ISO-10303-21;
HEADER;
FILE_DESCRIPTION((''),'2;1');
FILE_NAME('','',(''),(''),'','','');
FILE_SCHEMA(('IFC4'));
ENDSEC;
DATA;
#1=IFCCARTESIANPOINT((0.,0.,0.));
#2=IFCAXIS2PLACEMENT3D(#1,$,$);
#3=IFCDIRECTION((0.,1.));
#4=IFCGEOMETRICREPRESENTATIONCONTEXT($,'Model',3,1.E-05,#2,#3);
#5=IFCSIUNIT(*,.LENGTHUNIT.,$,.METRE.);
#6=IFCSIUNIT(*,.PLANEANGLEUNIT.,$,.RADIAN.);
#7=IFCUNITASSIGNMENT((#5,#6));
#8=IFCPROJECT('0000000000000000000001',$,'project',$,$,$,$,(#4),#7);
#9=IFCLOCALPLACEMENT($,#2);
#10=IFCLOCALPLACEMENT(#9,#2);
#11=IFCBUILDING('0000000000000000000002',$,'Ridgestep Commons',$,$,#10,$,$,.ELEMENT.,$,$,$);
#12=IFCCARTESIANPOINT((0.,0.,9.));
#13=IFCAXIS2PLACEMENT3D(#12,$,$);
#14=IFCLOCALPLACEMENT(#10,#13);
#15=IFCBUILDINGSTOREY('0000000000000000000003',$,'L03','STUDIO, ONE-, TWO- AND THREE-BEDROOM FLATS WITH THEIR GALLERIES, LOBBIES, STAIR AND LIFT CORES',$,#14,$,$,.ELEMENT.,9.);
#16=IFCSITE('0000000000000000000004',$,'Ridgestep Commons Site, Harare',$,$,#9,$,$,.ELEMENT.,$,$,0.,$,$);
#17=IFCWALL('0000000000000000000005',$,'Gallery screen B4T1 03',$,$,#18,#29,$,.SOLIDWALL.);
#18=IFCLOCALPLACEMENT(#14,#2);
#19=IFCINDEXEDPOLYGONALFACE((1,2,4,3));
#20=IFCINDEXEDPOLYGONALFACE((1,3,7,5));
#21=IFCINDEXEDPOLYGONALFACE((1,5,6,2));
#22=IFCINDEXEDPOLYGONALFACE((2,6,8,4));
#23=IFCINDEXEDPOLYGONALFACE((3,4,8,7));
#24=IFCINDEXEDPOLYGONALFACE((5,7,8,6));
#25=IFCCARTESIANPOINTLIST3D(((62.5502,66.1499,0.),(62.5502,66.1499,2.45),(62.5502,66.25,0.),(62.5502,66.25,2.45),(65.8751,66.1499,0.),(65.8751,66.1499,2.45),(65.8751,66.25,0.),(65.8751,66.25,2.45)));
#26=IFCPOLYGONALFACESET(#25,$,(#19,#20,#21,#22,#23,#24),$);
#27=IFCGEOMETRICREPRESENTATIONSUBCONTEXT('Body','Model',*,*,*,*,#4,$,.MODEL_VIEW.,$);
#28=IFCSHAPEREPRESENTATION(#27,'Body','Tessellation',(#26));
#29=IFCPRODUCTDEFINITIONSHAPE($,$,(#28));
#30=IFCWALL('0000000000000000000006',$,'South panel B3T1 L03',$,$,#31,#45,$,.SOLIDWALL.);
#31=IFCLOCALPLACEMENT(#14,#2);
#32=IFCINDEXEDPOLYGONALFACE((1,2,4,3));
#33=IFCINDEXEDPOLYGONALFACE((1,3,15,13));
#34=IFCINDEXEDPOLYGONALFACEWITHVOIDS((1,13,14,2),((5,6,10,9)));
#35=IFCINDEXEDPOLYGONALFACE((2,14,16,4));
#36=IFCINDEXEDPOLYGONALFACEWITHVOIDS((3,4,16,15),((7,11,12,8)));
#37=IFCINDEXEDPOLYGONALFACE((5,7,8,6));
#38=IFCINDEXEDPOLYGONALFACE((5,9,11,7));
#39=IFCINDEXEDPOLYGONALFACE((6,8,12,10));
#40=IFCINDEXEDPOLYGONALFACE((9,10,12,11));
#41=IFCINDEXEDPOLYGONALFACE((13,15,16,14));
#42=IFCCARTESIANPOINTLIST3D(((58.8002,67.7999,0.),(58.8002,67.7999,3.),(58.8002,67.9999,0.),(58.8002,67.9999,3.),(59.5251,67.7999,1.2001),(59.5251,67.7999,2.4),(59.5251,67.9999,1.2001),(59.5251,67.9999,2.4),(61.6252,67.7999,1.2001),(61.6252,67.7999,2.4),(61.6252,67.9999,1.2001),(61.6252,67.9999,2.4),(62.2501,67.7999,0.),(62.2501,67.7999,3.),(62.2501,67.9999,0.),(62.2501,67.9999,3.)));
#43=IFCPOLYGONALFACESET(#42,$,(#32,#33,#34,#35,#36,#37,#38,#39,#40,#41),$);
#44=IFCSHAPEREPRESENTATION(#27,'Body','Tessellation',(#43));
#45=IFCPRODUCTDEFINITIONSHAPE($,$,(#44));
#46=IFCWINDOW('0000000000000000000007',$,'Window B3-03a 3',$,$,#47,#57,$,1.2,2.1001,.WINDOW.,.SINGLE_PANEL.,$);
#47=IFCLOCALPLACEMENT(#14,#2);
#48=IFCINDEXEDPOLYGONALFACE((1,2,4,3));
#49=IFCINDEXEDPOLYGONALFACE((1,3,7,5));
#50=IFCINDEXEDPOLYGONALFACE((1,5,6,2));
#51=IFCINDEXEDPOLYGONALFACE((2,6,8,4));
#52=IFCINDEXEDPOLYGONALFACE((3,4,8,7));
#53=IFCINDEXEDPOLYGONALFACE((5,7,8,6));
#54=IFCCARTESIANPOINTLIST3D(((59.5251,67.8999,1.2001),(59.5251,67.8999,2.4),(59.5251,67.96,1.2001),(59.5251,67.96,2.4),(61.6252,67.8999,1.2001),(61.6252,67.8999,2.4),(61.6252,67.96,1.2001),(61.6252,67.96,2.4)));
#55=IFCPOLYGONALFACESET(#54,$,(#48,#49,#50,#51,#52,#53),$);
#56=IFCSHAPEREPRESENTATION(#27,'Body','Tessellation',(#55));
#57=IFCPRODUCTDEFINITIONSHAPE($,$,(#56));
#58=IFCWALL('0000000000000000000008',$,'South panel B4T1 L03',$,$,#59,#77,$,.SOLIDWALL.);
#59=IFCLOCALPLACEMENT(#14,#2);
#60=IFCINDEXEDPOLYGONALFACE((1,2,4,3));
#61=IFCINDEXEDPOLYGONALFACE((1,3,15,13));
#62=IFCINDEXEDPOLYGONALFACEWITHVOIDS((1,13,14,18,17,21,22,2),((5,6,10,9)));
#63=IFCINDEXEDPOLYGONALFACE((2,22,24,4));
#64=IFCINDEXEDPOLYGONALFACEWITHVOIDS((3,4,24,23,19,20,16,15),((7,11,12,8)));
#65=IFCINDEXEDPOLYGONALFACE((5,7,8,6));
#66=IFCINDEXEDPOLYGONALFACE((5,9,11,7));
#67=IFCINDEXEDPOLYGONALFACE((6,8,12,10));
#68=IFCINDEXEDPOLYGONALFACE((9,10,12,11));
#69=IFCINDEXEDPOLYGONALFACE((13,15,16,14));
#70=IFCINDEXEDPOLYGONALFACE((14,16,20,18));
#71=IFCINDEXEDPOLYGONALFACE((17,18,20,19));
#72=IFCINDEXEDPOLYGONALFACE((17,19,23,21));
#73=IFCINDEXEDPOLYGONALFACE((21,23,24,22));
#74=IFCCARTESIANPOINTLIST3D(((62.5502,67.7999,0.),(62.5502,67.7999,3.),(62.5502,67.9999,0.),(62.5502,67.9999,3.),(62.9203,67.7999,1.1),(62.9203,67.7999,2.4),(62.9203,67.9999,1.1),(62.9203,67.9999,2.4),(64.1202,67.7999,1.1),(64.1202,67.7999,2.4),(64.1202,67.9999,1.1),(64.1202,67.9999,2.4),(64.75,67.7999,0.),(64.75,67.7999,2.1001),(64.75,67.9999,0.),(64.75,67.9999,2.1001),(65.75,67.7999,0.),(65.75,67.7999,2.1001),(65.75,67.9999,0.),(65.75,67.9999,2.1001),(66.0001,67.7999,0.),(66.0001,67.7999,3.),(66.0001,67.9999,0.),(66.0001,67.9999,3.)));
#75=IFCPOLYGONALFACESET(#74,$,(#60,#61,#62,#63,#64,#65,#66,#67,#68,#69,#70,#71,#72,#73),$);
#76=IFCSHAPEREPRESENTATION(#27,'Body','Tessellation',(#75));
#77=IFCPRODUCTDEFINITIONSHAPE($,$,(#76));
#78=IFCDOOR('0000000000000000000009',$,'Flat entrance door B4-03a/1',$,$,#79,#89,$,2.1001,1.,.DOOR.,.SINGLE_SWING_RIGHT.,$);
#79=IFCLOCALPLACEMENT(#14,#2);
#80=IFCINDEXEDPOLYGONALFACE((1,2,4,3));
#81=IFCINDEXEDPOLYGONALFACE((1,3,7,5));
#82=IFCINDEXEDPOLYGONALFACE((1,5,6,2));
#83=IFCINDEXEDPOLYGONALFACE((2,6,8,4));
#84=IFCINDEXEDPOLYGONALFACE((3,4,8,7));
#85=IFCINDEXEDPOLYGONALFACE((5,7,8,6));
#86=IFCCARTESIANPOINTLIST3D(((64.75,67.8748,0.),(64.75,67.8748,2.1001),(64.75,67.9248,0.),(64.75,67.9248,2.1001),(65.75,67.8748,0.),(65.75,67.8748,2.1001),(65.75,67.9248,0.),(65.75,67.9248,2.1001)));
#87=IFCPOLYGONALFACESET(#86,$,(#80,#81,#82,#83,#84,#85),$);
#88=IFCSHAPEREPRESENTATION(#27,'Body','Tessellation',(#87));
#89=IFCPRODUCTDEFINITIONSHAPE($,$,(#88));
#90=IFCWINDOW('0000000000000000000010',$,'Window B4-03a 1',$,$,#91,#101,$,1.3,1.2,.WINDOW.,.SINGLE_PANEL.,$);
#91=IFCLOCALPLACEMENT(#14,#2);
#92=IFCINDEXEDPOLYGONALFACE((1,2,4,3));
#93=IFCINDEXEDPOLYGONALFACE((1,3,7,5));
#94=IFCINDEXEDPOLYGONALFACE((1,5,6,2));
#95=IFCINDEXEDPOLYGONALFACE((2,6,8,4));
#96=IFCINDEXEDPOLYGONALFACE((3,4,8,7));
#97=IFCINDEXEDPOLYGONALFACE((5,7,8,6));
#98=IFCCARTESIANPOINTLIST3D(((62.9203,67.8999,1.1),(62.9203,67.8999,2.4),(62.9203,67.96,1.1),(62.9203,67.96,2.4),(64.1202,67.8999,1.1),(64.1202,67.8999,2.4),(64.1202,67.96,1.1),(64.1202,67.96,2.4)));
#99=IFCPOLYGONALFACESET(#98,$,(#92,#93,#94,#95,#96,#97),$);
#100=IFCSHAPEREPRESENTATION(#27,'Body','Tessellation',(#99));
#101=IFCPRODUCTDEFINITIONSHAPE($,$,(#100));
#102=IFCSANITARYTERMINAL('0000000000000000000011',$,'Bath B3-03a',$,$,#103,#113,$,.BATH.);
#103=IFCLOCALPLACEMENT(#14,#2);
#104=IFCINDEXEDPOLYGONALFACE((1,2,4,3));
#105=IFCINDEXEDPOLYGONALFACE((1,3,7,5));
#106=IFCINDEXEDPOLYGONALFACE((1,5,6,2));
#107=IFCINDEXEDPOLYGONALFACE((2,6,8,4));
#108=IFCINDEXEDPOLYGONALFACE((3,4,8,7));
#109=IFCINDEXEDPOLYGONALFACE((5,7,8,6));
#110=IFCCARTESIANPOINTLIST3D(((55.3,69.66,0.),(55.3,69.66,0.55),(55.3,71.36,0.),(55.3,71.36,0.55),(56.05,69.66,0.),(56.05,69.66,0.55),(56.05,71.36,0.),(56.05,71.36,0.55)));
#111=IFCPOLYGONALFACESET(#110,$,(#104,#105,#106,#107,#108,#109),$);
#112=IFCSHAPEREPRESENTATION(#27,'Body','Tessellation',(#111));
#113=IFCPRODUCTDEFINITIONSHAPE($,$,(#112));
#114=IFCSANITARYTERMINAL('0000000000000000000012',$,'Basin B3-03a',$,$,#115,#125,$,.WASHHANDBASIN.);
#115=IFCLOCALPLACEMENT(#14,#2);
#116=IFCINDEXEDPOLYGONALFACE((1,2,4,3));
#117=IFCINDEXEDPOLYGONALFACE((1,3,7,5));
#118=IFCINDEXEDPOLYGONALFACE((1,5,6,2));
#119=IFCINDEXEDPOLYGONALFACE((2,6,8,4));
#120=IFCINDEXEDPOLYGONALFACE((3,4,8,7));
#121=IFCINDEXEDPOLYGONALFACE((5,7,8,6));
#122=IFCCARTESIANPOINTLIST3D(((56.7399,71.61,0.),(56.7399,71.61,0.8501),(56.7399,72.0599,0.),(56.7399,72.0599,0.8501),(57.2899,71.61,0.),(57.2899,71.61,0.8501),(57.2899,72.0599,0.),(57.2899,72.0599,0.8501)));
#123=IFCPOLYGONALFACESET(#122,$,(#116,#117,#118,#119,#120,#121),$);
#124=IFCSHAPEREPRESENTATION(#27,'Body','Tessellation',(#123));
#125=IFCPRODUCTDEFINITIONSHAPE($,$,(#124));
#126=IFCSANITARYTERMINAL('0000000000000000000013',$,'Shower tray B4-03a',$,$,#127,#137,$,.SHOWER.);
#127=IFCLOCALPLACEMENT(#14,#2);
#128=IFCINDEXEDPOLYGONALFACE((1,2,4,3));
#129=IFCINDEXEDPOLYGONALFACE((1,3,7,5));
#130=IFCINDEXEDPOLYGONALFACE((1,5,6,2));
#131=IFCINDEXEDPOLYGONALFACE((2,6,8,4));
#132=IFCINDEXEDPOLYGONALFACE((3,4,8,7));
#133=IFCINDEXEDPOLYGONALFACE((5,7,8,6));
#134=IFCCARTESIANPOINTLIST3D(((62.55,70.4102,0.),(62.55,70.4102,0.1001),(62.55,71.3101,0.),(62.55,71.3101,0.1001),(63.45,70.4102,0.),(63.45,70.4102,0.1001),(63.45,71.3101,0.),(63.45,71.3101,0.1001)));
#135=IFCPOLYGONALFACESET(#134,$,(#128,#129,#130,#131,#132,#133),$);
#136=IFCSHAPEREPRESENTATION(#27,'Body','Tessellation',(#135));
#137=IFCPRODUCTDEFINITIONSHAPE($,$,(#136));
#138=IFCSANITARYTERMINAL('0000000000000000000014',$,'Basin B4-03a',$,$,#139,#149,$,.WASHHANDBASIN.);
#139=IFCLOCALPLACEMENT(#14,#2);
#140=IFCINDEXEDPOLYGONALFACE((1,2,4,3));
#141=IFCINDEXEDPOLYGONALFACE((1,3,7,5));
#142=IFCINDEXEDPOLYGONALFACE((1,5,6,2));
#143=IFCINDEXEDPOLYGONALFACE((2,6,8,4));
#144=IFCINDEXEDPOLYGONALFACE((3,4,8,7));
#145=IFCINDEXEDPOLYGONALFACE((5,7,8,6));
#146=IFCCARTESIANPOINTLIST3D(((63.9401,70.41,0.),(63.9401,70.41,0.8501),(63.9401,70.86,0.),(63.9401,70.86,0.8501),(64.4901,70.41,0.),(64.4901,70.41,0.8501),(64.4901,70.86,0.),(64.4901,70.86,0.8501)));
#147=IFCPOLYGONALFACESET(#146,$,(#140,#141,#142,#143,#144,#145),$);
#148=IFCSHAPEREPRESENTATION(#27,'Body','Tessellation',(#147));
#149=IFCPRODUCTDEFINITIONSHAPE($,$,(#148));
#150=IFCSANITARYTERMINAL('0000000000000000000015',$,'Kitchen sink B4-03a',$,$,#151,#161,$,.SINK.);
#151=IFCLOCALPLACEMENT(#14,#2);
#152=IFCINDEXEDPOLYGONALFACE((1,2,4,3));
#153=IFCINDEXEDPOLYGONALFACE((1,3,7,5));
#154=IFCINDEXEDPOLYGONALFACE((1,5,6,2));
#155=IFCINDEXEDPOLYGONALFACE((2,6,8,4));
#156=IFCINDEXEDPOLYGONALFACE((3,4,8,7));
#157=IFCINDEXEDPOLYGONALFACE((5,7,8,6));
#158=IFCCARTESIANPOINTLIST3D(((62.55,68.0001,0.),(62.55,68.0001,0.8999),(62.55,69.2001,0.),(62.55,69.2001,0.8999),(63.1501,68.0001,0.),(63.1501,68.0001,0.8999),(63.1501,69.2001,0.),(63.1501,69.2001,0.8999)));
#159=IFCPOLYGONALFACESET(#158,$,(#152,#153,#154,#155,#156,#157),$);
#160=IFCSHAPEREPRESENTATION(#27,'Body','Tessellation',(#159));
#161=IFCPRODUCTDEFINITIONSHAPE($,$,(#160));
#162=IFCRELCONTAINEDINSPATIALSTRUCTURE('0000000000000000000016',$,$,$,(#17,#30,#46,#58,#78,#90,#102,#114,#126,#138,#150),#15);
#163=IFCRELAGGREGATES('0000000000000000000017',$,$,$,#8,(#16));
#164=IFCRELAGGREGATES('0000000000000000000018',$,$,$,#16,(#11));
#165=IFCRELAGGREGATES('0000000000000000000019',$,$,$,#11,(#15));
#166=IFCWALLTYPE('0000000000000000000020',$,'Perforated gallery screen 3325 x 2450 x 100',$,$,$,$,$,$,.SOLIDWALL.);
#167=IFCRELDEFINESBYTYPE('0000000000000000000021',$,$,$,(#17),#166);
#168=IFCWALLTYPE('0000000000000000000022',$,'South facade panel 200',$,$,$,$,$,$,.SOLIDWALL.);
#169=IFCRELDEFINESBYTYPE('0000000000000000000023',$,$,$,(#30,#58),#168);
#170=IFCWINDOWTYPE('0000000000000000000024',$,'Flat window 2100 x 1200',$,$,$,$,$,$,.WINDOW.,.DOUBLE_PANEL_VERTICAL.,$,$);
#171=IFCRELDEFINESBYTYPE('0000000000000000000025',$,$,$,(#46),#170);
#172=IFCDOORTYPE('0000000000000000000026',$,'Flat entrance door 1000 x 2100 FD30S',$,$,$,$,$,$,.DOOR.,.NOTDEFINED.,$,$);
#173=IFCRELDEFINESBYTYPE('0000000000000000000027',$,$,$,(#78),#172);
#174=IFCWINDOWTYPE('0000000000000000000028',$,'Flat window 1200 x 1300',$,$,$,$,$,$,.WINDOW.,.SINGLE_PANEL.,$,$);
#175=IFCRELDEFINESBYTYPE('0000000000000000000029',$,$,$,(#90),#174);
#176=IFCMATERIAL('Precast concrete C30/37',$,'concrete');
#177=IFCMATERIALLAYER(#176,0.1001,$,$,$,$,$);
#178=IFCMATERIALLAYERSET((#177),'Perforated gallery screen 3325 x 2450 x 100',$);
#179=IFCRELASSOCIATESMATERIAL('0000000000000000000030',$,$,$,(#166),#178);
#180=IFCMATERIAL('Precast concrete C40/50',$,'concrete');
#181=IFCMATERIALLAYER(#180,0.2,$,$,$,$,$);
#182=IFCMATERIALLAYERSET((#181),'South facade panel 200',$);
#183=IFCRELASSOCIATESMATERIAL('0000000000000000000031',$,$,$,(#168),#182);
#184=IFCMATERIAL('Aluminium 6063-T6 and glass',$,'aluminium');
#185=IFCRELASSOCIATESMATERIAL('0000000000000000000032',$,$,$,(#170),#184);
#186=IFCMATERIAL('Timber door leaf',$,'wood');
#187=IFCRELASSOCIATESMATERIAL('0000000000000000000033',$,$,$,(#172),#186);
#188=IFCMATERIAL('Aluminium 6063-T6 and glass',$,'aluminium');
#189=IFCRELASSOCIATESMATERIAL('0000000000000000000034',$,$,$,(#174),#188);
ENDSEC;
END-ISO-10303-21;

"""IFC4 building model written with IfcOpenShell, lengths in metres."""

from ifc_helpers import new_model, si_unit, direction, frame, frame_2d, origin, origin_2d, place, context, subcontext, project, spatial, rectangle, extrude, material, layer, layer_set, type_object, element, fill, save


model = new_model("IFC4")

# Units and contexts
model_context = context("Model", 3, precision=1e-05, world=origin(), true_north=direction((0.0, 1.0)))
body_context = subcontext(model_context, "Body", "Model", "MODEL_VIEW")
ifc_project = project(units=[si_unit("LENGTHUNIT", "METRE"), si_unit("PLANEANGLEUNIT", "RADIAN")], contexts=[model_context])

# Site, building, storey
site_placement = place(None, origin())
site = spatial("IfcSite", under=ifc_project, at=site_placement, Name="Ridgestep Commons Site, Harare", CompositionType="ELEMENT", RefElevation=0.0)
building_placement = place(site_placement, origin())
building = spatial("IfcBuilding", under=site, at=building_placement, Name="Ridgestep Commons", CompositionType="ELEMENT")
storey_placement = place(building_placement, frame((0.0, 0.0, 9.0)))
storey = spatial("IfcBuildingStorey", under=building, at=storey_placement, Name="L03", Description="STUDIO, ONE-, TWO- AND THREE-BEDROOM FLATS WITH THEIR GALLERIES, LOBBIES, STAIR AND LIFT CORES", CompositionType="ELEMENT", Elevation=9.0)

# Wall
ifc_material_1 = material(Name="Precast concrete C30/37", Category="concrete")
ifc_layer_1 = layer(ifc_material_1, 0.1001)
ifc_layer_set_1 = layer_set([ifc_layer_1], Name="Perforated gallery screen 3325 x 2450 x 100")
wall_type_1 = type_object("IfcWallType", Name="Perforated gallery screen 3325 x 2450 x 100", PredefinedType="SOLIDWALL", material=ifc_layer_set_1)
wall_1_placement = place(storey_placement, frame((62.55, 66.2, 0.0), z_axis=(0.0, 0.0, 1.0), x_axis=(1.0, 0.0, 0.0)))
element("IfcWall", 1, at=wall_1_placement, inside=storey, type_object=wall_type_1, Name="Gallery screen B4T1 03", PredefinedType="SOLIDWALL", context=body_context, shape_type="SweptSolid", body=[
    extrude(rectangle(XDim=3.325, YDim=0.1001, at=frame_2d((1.6626, 0.0))), origin(), (0.0, 0.0, 1.0), 2.45),
])

# Wall, opening, window
ifc_material_2 = material(Name="Precast concrete C40/50", Category="concrete")
ifc_layer_2 = layer(ifc_material_2, 0.2)
ifc_layer_set_2 = layer_set([ifc_layer_2], Name="South facade panel 200")
wall_type_2 = type_object("IfcWallType", Name="South facade panel 200", PredefinedType="SOLIDWALL", material=ifc_layer_set_2)
wall_2_placement = place(storey_placement, frame((58.8, 67.8999, 0.0), z_axis=(0.0, 0.0, 1.0), x_axis=(1.0, 0.0, 0.0)))
wall_2 = element("IfcWall", 2, at=wall_2_placement, inside=storey, type_object=wall_type_2, Name="South panel B3T1 L03", PredefinedType="SOLIDWALL", context=body_context, shape_type="SweptSolid", body=[
    extrude(rectangle(XDim=3.45, YDim=0.2, at=frame_2d((1.7251, 0.0))), origin(), (0.0, 0.0, 1.0), 3.0),
])
opening_1_placement = place(wall_2_placement, frame((0.7251, 0.0, 1.2)))
opening_1 = element("IfcOpeningElement", 3, at=opening_1_placement, cuts=wall_2, PredefinedType="OPENING", context=body_context, shape_type="SweptSolid", body=[
    extrude(rectangle(XDim=2.1001, YDim=1.2, at=frame_2d((1.05, 0.6001))), frame((0.0, 0.1099, 0.0), z_axis=(0.0, -1.0, 0.0), x_axis=(1.0, 0.0, 0.0)), (0.0, 0.0, 1.0), 0.22),
])
ifc_material_3 = material(Name="Aluminium 6063-T6 and glass", Category="aluminium")
window_type_1 = type_object("IfcWindowType", Name="Flat window 2100 x 1200", PartitioningType="DOUBLE_PANEL_VERTICAL", PredefinedType="WINDOW", material=ifc_material_3)
window_1_placement = place(opening_1_placement, origin())
window_1 = element("IfcWindow", 4, at=window_1_placement, inside=storey, type_object=window_type_1, Name="Window B3-03a 3", OverallHeight=1.2, OverallWidth=2.1001, PartitioningType="SINGLE_PANEL", PredefinedType="WINDOW", context=body_context, shape_type="SweptSolid", body=[
    extrude(rectangle(XDim=2.1001, YDim=1.2, at=frame_2d((1.05, 0.6001))), frame((0.0, 0.0601, 0.0), z_axis=(0.0, -1.0, 0.0), x_axis=(1.0, 0.0, 0.0)), (0.0, 0.0, 1.0), 0.0601),
])
fill(opening_1, window_1)

# Wall, openings, door, window
wall_3_placement = place(storey_placement, frame((62.55, 67.8999, 0.0), z_axis=(0.0, 0.0, 1.0), x_axis=(1.0, 0.0, 0.0)))
wall_3 = element("IfcWall", 5, at=wall_3_placement, inside=storey, type_object=wall_type_2, Name="South panel B4T1 L03", PredefinedType="SOLIDWALL", context=body_context, shape_type="SweptSolid", body=[
    extrude(rectangle(XDim=3.45, YDim=0.2, at=frame_2d((1.7251, 0.0))), origin(), (0.0, 0.0, 1.0), 3.0),
])
opening_2_placement = place(wall_3_placement, frame((0.3701, 0.0, 1.1001)))
opening_2 = element("IfcOpeningElement", 6, at=opening_2_placement, cuts=wall_3, PredefinedType="OPENING", context=body_context, shape_type="SweptSolid", body=[
    extrude(rectangle(XDim=1.2, YDim=1.3, at=frame_2d((0.6001, 0.6499))), frame((0.0, 0.1099, 0.0), z_axis=(0.0, -1.0, 0.0), x_axis=(1.0, 0.0, 0.0)), (0.0, 0.0, 1.0), 0.22),
])
opening_3_placement = place(wall_3_placement, frame((2.2, 0.0, 0.0)))
opening_3 = element("IfcOpeningElement", 7, at=opening_3_placement, cuts=wall_3, PredefinedType="OPENING", context=body_context, shape_type="SweptSolid", body=[
    extrude(rectangle(XDim=1.0, YDim=2.1001, at=frame_2d((0.5, 1.05))), frame((0.0, 0.1099, 0.0), z_axis=(0.0, -1.0, 0.0), x_axis=(1.0, 0.0, 0.0)), (0.0, 0.0, 1.0), 0.22),
])
ifc_material_4 = material(Name="Timber door leaf", Category="wood")
door_type_1 = type_object("IfcDoorType", Name="Flat entrance door 1000 x 2100 FD30S", OperationType="NOTDEFINED", PredefinedType="DOOR", material=ifc_material_4)
door_1_placement = place(opening_3_placement, origin())
door_1 = element("IfcDoor", 8, at=door_1_placement, inside=storey, type_object=door_type_1, Name="Flat entrance door B4-03a/1", OperationType="SINGLE_SWING_RIGHT", OverallHeight=2.1001, OverallWidth=1.0, PredefinedType="DOOR", context=body_context, shape_type="SweptSolid", body=[
    extrude(rectangle(XDim=1.0, YDim=2.1001, at=frame_2d((0.5, 1.05))), frame((0.0, 0.0249, 0.0), z_axis=(0.0, -1.0, 0.0), x_axis=(1.0, 0.0, 0.0)), (0.0, 0.0, 1.0), 0.05),
])
fill(opening_3, door_1)
ifc_material_5 = material(Name="Aluminium 6063-T6 and glass", Category="aluminium")
window_type_2 = type_object("IfcWindowType", Name="Flat window 1200 x 1300", PartitioningType="SINGLE_PANEL", PredefinedType="WINDOW", material=ifc_material_5)
window_2_placement = place(opening_2_placement, origin())
window_2 = element("IfcWindow", 9, at=window_2_placement, inside=storey, type_object=window_type_2, Name="Window B4-03a 1", OverallHeight=1.3, OverallWidth=1.2, PartitioningType="SINGLE_PANEL", PredefinedType="WINDOW", context=body_context, shape_type="SweptSolid", body=[
    extrude(rectangle(XDim=1.2, YDim=1.3, at=frame_2d((0.6001, 0.6499))), frame((0.0, 0.0601, 0.0), z_axis=(0.0, -1.0, 0.0), x_axis=(1.0, 0.0, 0.0)), (0.0, 0.0, 1.0), 0.0601),
])
fill(opening_2, window_2)

# Sanitary terminals
sanitary_terminal_1_placement = place(storey_placement, frame((55.675, 70.51, 0.0), z_axis=(0.0, 0.0, 1.0), x_axis=(1.0, 0.0, 0.0)))
element("IfcSanitaryTerminal", 10, at=sanitary_terminal_1_placement, inside=storey, Name="Bath B3-03a", PredefinedType="BATH", context=body_context, shape_type="SweptSolid", body=[
    extrude(rectangle(XDim=0.75, YDim=1.7, at=origin_2d()), origin(), (0.0, 0.0, 1.0), 0.55),
])
sanitary_terminal_2_placement = place(storey_placement, frame((57.0149, 71.835, 0.0), z_axis=(0.0, 0.0, 1.0), x_axis=(1.0, 0.0, 0.0)))
element("IfcSanitaryTerminal", 11, at=sanitary_terminal_2_placement, inside=storey, Name="Basin B3-03a", PredefinedType="WASHHANDBASIN", context=body_context, shape_type="SweptSolid", body=[
    extrude(rectangle(XDim=0.55, YDim=0.45, at=origin_2d()), origin(), (0.0, 0.0, 1.0), 0.8501),
])
sanitary_terminal_3_placement = place(storey_placement, frame((63.0, 70.8601, 0.0), z_axis=(0.0, 0.0, 1.0), x_axis=(1.0, 0.0, 0.0)))
element("IfcSanitaryTerminal", 12, at=sanitary_terminal_3_placement, inside=storey, Name="Shower tray B4-03a", PredefinedType="SHOWER", context=body_context, shape_type="SweptSolid", body=[
    extrude(rectangle(XDim=0.8999, YDim=0.8999, at=origin_2d()), origin(), (0.0, 0.0, 1.0), 0.1001),
])
sanitary_terminal_4_placement = place(storey_placement, frame((64.2151, 70.635, 0.0), z_axis=(0.0, 0.0, 1.0), x_axis=(1.0, 0.0, 0.0)))
element("IfcSanitaryTerminal", 13, at=sanitary_terminal_4_placement, inside=storey, Name="Basin B4-03a", PredefinedType="WASHHANDBASIN", context=body_context, shape_type="SweptSolid", body=[
    extrude(rectangle(XDim=0.55, YDim=0.45, at=origin_2d()), origin(), (0.0, 0.0, 1.0), 0.8501),
])
sanitary_terminal_5_placement = place(storey_placement, frame((62.8501, 68.6001, 0.0), z_axis=(0.0, 0.0, 1.0), x_axis=(1.0, 0.0, 0.0)))
element("IfcSanitaryTerminal", 14, at=sanitary_terminal_5_placement, inside=storey, Name="Kitchen sink B4-03a", PredefinedType="SINK", context=body_context, shape_type="SweptSolid", body=[
    extrude(rectangle(XDim=0.6001, YDim=1.2, at=origin_2d()), origin(), (0.0, 0.0, 1.0), 0.8999),
])

save(model, "model.ifc")
